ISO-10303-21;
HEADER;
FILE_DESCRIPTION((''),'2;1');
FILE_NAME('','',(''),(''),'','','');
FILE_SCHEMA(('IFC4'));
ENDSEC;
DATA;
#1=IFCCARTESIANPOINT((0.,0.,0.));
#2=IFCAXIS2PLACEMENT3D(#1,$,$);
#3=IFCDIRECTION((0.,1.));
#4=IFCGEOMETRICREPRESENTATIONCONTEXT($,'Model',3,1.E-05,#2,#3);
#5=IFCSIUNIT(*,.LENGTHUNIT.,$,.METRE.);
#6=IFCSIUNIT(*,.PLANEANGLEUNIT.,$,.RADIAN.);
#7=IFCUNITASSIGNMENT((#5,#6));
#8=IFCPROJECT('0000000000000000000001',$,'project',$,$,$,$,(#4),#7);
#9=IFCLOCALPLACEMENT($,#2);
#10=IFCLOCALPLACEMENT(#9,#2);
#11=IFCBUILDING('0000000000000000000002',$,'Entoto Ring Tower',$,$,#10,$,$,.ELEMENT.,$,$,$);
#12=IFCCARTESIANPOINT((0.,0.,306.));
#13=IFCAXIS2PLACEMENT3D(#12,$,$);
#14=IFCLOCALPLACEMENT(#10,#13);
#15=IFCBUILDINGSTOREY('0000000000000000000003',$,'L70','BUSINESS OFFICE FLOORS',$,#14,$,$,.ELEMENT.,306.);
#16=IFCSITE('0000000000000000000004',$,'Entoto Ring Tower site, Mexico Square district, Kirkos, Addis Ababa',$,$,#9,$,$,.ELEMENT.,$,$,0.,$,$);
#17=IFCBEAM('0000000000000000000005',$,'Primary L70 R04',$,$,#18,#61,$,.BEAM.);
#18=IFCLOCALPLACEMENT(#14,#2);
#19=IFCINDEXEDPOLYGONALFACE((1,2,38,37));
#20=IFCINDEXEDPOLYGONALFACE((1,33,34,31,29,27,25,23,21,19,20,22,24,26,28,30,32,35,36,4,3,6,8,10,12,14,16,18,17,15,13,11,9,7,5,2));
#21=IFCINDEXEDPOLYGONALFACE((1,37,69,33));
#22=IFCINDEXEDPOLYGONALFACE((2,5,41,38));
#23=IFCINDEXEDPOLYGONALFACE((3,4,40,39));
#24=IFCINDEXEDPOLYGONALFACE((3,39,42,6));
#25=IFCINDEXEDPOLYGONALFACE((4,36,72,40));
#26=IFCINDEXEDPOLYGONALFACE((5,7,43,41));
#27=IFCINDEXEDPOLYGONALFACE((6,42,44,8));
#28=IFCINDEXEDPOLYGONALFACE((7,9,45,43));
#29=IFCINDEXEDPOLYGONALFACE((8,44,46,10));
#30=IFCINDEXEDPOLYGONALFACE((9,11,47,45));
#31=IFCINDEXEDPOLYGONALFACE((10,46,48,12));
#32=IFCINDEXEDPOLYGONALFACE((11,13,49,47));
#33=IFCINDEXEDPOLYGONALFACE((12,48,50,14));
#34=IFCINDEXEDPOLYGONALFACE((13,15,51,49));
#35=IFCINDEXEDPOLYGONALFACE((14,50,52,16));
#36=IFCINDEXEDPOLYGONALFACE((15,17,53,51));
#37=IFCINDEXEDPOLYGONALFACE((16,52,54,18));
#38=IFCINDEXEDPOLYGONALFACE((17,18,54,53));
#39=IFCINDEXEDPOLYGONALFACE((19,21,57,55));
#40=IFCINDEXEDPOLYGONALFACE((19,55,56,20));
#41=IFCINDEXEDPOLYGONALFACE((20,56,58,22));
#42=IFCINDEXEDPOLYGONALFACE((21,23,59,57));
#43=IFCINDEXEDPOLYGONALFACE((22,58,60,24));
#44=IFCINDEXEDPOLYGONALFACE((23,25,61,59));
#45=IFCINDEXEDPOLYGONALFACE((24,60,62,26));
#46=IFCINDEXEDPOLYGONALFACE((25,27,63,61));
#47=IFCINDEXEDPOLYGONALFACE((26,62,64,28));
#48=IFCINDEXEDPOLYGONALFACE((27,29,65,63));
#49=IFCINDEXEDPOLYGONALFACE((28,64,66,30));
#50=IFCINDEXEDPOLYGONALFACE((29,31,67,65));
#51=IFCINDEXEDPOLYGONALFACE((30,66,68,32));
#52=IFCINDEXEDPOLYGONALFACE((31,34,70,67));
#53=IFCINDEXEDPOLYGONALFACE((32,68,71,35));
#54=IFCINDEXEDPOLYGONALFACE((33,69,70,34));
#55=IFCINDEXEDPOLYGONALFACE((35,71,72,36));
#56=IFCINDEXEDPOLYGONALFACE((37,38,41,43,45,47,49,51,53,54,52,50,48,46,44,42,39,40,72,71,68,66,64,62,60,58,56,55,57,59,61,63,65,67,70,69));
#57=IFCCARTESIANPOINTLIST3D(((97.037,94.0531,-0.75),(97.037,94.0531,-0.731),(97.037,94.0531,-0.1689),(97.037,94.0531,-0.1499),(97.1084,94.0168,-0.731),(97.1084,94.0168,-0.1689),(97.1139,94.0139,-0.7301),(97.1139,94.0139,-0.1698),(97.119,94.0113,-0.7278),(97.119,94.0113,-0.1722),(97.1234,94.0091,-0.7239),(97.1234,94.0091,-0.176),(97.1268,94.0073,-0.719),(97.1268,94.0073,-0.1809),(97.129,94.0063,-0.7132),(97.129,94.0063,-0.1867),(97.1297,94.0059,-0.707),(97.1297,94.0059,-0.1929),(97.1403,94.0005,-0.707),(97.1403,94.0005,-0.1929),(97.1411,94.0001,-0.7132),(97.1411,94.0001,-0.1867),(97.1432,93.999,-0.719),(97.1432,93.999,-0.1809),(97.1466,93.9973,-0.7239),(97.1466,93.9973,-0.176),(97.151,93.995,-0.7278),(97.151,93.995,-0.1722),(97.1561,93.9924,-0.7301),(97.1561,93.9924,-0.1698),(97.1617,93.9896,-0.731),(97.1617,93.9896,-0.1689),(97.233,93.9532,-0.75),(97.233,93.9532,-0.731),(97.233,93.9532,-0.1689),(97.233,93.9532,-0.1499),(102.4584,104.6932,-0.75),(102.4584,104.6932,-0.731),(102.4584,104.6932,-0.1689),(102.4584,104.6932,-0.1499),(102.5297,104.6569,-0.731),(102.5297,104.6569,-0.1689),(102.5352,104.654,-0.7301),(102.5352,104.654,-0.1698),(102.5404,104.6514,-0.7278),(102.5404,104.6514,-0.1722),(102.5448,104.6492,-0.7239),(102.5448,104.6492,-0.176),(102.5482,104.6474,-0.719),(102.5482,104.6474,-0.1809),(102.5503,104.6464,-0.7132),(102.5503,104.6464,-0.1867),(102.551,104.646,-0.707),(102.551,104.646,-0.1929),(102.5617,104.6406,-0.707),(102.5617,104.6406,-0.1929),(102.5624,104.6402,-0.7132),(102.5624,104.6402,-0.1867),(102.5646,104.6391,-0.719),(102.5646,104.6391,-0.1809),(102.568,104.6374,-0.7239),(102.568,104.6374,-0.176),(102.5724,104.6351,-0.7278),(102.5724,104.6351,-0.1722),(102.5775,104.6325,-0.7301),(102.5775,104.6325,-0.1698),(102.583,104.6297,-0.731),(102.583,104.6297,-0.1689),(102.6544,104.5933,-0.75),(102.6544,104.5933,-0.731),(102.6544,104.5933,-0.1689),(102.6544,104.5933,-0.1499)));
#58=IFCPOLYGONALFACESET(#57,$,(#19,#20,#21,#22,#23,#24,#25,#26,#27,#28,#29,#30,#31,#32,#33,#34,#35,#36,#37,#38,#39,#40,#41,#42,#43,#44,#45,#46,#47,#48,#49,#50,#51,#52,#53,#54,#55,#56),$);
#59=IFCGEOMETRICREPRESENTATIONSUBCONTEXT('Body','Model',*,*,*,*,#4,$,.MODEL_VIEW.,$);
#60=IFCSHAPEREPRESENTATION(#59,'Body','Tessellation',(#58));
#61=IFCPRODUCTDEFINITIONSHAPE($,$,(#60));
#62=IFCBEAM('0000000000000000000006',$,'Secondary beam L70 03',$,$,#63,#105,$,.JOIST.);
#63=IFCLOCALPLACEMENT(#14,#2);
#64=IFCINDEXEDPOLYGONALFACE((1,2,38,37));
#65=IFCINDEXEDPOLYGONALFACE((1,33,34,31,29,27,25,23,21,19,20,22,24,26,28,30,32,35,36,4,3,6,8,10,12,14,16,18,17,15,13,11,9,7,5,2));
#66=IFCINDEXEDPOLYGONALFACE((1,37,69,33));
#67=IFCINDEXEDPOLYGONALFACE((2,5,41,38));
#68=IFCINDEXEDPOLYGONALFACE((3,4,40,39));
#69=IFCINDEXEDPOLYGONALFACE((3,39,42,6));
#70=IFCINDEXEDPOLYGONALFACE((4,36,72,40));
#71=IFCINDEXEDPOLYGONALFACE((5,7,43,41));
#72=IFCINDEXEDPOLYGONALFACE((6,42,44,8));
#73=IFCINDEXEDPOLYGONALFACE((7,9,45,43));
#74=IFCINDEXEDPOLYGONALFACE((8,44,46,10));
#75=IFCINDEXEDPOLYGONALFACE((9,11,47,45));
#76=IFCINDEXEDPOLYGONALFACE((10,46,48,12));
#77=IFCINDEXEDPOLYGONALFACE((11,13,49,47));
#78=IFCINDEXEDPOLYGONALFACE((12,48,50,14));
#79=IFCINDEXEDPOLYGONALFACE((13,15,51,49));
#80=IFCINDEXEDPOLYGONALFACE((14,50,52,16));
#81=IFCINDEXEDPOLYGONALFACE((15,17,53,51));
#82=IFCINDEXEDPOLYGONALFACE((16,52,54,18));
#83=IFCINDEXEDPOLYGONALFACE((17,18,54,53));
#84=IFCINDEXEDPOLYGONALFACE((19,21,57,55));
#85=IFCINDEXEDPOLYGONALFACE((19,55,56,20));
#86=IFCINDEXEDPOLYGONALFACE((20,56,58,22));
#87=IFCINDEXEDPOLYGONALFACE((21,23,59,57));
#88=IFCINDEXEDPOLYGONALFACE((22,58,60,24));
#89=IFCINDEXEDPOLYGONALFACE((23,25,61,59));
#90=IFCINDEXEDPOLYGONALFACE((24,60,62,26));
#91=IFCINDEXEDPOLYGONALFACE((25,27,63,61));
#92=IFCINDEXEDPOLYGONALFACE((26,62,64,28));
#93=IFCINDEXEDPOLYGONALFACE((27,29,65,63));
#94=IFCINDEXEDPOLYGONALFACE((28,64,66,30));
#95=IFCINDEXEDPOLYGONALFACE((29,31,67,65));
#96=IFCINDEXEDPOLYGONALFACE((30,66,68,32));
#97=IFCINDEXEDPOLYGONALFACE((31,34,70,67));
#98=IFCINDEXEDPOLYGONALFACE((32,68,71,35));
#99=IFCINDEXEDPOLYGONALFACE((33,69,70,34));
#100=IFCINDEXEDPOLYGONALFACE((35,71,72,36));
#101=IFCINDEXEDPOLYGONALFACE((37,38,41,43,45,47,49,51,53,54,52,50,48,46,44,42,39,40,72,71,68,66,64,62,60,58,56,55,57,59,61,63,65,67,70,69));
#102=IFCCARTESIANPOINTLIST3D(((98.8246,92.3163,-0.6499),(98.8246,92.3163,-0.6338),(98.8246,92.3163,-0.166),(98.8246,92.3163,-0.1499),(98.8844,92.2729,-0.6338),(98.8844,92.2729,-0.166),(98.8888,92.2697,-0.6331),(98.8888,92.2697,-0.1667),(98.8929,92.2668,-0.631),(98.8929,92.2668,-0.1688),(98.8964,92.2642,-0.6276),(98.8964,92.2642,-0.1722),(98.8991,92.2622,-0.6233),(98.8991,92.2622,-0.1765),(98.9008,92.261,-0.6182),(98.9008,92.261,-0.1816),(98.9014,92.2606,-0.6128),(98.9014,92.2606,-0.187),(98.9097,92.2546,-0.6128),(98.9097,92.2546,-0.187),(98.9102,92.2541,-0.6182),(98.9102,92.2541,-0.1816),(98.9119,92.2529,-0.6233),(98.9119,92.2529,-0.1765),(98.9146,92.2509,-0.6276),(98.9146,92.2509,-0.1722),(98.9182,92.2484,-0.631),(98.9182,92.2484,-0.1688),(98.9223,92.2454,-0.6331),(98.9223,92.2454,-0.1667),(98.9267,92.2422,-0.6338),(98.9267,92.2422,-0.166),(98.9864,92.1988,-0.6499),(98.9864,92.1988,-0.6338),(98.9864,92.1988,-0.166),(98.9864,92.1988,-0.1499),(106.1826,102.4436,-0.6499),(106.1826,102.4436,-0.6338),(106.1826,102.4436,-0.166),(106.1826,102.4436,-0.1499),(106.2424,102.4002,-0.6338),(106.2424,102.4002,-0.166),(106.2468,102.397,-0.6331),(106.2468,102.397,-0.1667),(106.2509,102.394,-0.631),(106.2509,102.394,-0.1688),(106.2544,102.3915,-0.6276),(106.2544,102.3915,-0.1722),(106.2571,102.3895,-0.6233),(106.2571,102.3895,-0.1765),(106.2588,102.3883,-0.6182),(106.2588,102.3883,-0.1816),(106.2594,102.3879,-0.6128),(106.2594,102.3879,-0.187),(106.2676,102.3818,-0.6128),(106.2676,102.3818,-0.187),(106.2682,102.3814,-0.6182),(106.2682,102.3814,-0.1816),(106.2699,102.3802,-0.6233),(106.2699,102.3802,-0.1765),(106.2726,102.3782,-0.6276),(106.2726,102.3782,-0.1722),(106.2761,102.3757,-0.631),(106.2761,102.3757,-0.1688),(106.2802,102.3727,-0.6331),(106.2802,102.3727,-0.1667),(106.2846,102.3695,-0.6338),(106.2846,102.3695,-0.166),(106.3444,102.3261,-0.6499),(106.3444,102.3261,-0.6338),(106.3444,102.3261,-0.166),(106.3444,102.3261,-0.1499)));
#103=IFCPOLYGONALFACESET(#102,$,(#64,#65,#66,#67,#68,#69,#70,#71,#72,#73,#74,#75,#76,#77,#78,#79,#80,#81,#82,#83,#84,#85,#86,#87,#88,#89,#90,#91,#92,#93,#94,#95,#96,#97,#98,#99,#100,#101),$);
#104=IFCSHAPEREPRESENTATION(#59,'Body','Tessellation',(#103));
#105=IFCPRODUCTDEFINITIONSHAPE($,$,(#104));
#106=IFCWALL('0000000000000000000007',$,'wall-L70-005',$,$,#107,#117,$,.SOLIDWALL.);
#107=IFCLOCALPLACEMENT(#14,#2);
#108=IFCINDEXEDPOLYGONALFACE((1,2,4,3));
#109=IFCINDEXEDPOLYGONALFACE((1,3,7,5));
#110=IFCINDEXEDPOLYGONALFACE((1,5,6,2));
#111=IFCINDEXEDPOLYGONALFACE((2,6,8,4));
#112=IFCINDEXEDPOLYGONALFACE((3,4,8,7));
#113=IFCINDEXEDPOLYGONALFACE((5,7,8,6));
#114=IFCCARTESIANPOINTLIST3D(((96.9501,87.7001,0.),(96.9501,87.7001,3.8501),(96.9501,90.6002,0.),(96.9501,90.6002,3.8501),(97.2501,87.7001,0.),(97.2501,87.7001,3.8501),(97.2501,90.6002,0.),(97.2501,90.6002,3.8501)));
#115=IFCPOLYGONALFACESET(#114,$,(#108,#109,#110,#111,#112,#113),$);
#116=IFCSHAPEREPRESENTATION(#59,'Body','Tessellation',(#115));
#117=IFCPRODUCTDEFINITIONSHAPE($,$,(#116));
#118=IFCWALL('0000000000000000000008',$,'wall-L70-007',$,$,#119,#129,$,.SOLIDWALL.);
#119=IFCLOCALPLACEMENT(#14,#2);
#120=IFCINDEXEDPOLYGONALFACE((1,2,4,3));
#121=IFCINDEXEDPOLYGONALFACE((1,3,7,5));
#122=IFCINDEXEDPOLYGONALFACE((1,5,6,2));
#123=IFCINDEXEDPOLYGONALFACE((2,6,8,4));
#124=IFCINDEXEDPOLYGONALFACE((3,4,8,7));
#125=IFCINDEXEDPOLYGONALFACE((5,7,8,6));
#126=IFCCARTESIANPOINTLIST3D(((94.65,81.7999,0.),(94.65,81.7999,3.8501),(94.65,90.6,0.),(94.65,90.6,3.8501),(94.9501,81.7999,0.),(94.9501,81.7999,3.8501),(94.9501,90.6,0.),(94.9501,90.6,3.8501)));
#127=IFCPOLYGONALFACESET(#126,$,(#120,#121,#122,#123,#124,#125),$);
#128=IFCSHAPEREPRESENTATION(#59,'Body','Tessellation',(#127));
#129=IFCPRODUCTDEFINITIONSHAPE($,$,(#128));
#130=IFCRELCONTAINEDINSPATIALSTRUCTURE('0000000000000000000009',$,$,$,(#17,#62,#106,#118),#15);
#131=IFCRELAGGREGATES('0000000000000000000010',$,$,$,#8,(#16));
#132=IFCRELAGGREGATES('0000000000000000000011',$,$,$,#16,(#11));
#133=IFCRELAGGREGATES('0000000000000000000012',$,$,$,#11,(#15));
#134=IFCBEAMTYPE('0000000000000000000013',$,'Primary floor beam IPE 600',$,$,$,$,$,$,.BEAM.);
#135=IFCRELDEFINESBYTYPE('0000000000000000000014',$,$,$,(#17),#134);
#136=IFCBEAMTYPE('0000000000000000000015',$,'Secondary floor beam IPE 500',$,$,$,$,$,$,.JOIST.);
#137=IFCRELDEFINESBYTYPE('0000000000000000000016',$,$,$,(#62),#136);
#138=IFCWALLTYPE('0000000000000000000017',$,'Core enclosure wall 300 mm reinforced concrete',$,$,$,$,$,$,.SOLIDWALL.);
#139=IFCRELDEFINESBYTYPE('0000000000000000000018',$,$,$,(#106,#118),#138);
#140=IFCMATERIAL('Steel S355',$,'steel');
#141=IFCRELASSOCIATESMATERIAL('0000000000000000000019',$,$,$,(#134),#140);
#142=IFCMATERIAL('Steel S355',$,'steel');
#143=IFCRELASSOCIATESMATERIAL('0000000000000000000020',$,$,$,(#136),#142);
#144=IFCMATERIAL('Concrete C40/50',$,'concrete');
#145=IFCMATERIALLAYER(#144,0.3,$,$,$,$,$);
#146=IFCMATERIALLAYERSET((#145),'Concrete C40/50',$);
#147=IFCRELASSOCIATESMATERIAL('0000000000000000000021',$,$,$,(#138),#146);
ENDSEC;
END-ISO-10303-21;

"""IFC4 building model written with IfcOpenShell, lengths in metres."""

from ifc_helpers import new_model, si_unit, direction, frame, frame_2d, origin, origin_2d, place, context, subcontext, project, spatial, rectangle, i_section, extrude, material, layer, layer_set, material_profile, profile_set, type_object, element, save


model = new_model("IFC4")

# Units and contexts
model_context = context("Model", 3, precision=1e-05, world=origin(), true_north=direction((0.0, 1.0)))
body_context = subcontext(model_context, "Body", "Model", "MODEL_VIEW")
ifc_project = project(units=[si_unit("LENGTHUNIT", "METRE"), si_unit("PLANEANGLEUNIT", "RADIAN")], contexts=[model_context])

# Site, building, storey
site_placement = place(None, origin())
site = spatial("IfcSite", under=ifc_project, at=site_placement, Name="Entoto Ring Tower site, Mexico Square district, Kirkos, Addis Ababa", CompositionType="ELEMENT", RefElevation=0.0)
building_placement = place(site_placement, origin())
building = spatial("IfcBuilding", under=site, at=building_placement, Name="Entoto Ring Tower", CompositionType="ELEMENT")
storey_placement = place(building_placement, frame((0.0, 0.0, 306.0)))
storey = spatial("IfcBuildingStorey", under=building, at=storey_placement, Name="L70", Description="BUSINESS OFFICE FLOORS", CompositionType="ELEMENT", Elevation=306.0)

# Beams
ifc_material_1 = material(Name="Steel S355", Category="steel")
ifc_material_profile_1 = material_profile(ifc_material_1, i_section(OverallWidth=0.22, OverallDepth=0.6001, WebThickness=0.012, FlangeThickness=0.019, FilletRadius=0.0239, at=origin_2d()), Name="IPE 600")
ifc_profile_set_1 = profile_set([ifc_material_profile_1], Name="Steel S355")
beam_type_1 = type_object("IfcBeamType", Name="Primary floor beam IPE 600", PredefinedType="BEAM", material=ifc_profile_set_1)
beam_1_placement = place(storey_placement, frame((97.135, 94.0032, -0.45), z_axis=(0.453988, 0.891008, 0.0), x_axis=(-0.891008, 0.453988, 0.0)))
element("IfcBeam", 1, at=beam_1_placement, inside=storey, type_object=beam_type_1, Name="Primary L70 R04", PredefinedType="BEAM", context=body_context, shape_type="SweptSolid", body=[
    extrude(i_section(OverallWidth=0.22, OverallDepth=0.6001, WebThickness=0.012, FlangeThickness=0.019, FilletRadius=0.0239, at=origin_2d()), origin(), (0.0, 0.0, 1.0), 11.9417),
])
ifc_material_2 = material(Name="Steel S355", Category="steel")
ifc_material_profile_2 = material_profile(ifc_material_2, i_section(OverallWidth=0.2, OverallDepth=0.5, WebThickness=0.0103, FlangeThickness=0.0161, FilletRadius=0.021, at=origin_2d()), Name="IPE 500")
ifc_profile_set_2 = profile_set([ifc_material_profile_2], Name="Steel S355")
beam_type_2 = type_object("IfcBeamType", Name="Secondary floor beam IPE 500", PredefinedType="JOIST", material=ifc_profile_set_2)
beam_2_placement = place(storey_placement, frame((98.9055, 92.2576, -0.3999), z_axis=(0.587789, 0.809014, 0.0), x_axis=(-0.809014, 0.587789, 0.0)))
element("IfcBeam", 2, at=beam_2_placement, inside=storey, type_object=beam_type_2, Name="Secondary beam L70 03", PredefinedType="JOIST", context=body_context, shape_type="SweptSolid", body=[
    extrude(i_section(OverallWidth=0.2, OverallDepth=0.5, WebThickness=0.0103, FlangeThickness=0.0161, FilletRadius=0.021, at=origin_2d()), origin(), (0.0, 0.0, 1.0), 12.5181),
])

# Walls
ifc_material_3 = material(Name="Concrete C40/50", Category="concrete")
ifc_layer_1 = layer(ifc_material_3, 0.3)
ifc_layer_set_1 = layer_set([ifc_layer_1], Name="Concrete C40/50")
wall_type_1 = type_object("IfcWallType", Name="Core enclosure wall 300 mm reinforced concrete", PredefinedType="SOLIDWALL", material=ifc_layer_set_1)
wall_1_placement = place(storey_placement, frame((97.1001, 87.7, 0.0), z_axis=(0.0, 0.0, 1.0), x_axis=(0.0, 1.0, 0.0)))
element("IfcWall", 3, at=wall_1_placement, inside=storey, type_object=wall_type_1, Name="wall-L70-005", PredefinedType="SOLIDWALL", context=body_context, shape_type="SweptSolid", body=[
    extrude(rectangle(XDim=2.9001, YDim=0.3, at=frame_2d((1.4502, 0.0))), origin(), (0.0, 0.0, 1.0), 3.8501),
])
wall_2_placement = place(storey_placement, frame((94.8, 81.8, 0.0), z_axis=(0.0, 0.0, 1.0), x_axis=(0.0, 1.0, 0.0)))
element("IfcWall", 4, at=wall_2_placement, inside=storey, type_object=wall_type_1, Name="wall-L70-007", PredefinedType="SOLIDWALL", context=body_context, shape_type="SweptSolid", body=[
    extrude(rectangle(XDim=8.8, YDim=0.3, at=frame_2d((4.3999, 0.0))), origin(), (0.0, 0.0, 1.0), 3.8501),
])

save(model, "model.ifc")
